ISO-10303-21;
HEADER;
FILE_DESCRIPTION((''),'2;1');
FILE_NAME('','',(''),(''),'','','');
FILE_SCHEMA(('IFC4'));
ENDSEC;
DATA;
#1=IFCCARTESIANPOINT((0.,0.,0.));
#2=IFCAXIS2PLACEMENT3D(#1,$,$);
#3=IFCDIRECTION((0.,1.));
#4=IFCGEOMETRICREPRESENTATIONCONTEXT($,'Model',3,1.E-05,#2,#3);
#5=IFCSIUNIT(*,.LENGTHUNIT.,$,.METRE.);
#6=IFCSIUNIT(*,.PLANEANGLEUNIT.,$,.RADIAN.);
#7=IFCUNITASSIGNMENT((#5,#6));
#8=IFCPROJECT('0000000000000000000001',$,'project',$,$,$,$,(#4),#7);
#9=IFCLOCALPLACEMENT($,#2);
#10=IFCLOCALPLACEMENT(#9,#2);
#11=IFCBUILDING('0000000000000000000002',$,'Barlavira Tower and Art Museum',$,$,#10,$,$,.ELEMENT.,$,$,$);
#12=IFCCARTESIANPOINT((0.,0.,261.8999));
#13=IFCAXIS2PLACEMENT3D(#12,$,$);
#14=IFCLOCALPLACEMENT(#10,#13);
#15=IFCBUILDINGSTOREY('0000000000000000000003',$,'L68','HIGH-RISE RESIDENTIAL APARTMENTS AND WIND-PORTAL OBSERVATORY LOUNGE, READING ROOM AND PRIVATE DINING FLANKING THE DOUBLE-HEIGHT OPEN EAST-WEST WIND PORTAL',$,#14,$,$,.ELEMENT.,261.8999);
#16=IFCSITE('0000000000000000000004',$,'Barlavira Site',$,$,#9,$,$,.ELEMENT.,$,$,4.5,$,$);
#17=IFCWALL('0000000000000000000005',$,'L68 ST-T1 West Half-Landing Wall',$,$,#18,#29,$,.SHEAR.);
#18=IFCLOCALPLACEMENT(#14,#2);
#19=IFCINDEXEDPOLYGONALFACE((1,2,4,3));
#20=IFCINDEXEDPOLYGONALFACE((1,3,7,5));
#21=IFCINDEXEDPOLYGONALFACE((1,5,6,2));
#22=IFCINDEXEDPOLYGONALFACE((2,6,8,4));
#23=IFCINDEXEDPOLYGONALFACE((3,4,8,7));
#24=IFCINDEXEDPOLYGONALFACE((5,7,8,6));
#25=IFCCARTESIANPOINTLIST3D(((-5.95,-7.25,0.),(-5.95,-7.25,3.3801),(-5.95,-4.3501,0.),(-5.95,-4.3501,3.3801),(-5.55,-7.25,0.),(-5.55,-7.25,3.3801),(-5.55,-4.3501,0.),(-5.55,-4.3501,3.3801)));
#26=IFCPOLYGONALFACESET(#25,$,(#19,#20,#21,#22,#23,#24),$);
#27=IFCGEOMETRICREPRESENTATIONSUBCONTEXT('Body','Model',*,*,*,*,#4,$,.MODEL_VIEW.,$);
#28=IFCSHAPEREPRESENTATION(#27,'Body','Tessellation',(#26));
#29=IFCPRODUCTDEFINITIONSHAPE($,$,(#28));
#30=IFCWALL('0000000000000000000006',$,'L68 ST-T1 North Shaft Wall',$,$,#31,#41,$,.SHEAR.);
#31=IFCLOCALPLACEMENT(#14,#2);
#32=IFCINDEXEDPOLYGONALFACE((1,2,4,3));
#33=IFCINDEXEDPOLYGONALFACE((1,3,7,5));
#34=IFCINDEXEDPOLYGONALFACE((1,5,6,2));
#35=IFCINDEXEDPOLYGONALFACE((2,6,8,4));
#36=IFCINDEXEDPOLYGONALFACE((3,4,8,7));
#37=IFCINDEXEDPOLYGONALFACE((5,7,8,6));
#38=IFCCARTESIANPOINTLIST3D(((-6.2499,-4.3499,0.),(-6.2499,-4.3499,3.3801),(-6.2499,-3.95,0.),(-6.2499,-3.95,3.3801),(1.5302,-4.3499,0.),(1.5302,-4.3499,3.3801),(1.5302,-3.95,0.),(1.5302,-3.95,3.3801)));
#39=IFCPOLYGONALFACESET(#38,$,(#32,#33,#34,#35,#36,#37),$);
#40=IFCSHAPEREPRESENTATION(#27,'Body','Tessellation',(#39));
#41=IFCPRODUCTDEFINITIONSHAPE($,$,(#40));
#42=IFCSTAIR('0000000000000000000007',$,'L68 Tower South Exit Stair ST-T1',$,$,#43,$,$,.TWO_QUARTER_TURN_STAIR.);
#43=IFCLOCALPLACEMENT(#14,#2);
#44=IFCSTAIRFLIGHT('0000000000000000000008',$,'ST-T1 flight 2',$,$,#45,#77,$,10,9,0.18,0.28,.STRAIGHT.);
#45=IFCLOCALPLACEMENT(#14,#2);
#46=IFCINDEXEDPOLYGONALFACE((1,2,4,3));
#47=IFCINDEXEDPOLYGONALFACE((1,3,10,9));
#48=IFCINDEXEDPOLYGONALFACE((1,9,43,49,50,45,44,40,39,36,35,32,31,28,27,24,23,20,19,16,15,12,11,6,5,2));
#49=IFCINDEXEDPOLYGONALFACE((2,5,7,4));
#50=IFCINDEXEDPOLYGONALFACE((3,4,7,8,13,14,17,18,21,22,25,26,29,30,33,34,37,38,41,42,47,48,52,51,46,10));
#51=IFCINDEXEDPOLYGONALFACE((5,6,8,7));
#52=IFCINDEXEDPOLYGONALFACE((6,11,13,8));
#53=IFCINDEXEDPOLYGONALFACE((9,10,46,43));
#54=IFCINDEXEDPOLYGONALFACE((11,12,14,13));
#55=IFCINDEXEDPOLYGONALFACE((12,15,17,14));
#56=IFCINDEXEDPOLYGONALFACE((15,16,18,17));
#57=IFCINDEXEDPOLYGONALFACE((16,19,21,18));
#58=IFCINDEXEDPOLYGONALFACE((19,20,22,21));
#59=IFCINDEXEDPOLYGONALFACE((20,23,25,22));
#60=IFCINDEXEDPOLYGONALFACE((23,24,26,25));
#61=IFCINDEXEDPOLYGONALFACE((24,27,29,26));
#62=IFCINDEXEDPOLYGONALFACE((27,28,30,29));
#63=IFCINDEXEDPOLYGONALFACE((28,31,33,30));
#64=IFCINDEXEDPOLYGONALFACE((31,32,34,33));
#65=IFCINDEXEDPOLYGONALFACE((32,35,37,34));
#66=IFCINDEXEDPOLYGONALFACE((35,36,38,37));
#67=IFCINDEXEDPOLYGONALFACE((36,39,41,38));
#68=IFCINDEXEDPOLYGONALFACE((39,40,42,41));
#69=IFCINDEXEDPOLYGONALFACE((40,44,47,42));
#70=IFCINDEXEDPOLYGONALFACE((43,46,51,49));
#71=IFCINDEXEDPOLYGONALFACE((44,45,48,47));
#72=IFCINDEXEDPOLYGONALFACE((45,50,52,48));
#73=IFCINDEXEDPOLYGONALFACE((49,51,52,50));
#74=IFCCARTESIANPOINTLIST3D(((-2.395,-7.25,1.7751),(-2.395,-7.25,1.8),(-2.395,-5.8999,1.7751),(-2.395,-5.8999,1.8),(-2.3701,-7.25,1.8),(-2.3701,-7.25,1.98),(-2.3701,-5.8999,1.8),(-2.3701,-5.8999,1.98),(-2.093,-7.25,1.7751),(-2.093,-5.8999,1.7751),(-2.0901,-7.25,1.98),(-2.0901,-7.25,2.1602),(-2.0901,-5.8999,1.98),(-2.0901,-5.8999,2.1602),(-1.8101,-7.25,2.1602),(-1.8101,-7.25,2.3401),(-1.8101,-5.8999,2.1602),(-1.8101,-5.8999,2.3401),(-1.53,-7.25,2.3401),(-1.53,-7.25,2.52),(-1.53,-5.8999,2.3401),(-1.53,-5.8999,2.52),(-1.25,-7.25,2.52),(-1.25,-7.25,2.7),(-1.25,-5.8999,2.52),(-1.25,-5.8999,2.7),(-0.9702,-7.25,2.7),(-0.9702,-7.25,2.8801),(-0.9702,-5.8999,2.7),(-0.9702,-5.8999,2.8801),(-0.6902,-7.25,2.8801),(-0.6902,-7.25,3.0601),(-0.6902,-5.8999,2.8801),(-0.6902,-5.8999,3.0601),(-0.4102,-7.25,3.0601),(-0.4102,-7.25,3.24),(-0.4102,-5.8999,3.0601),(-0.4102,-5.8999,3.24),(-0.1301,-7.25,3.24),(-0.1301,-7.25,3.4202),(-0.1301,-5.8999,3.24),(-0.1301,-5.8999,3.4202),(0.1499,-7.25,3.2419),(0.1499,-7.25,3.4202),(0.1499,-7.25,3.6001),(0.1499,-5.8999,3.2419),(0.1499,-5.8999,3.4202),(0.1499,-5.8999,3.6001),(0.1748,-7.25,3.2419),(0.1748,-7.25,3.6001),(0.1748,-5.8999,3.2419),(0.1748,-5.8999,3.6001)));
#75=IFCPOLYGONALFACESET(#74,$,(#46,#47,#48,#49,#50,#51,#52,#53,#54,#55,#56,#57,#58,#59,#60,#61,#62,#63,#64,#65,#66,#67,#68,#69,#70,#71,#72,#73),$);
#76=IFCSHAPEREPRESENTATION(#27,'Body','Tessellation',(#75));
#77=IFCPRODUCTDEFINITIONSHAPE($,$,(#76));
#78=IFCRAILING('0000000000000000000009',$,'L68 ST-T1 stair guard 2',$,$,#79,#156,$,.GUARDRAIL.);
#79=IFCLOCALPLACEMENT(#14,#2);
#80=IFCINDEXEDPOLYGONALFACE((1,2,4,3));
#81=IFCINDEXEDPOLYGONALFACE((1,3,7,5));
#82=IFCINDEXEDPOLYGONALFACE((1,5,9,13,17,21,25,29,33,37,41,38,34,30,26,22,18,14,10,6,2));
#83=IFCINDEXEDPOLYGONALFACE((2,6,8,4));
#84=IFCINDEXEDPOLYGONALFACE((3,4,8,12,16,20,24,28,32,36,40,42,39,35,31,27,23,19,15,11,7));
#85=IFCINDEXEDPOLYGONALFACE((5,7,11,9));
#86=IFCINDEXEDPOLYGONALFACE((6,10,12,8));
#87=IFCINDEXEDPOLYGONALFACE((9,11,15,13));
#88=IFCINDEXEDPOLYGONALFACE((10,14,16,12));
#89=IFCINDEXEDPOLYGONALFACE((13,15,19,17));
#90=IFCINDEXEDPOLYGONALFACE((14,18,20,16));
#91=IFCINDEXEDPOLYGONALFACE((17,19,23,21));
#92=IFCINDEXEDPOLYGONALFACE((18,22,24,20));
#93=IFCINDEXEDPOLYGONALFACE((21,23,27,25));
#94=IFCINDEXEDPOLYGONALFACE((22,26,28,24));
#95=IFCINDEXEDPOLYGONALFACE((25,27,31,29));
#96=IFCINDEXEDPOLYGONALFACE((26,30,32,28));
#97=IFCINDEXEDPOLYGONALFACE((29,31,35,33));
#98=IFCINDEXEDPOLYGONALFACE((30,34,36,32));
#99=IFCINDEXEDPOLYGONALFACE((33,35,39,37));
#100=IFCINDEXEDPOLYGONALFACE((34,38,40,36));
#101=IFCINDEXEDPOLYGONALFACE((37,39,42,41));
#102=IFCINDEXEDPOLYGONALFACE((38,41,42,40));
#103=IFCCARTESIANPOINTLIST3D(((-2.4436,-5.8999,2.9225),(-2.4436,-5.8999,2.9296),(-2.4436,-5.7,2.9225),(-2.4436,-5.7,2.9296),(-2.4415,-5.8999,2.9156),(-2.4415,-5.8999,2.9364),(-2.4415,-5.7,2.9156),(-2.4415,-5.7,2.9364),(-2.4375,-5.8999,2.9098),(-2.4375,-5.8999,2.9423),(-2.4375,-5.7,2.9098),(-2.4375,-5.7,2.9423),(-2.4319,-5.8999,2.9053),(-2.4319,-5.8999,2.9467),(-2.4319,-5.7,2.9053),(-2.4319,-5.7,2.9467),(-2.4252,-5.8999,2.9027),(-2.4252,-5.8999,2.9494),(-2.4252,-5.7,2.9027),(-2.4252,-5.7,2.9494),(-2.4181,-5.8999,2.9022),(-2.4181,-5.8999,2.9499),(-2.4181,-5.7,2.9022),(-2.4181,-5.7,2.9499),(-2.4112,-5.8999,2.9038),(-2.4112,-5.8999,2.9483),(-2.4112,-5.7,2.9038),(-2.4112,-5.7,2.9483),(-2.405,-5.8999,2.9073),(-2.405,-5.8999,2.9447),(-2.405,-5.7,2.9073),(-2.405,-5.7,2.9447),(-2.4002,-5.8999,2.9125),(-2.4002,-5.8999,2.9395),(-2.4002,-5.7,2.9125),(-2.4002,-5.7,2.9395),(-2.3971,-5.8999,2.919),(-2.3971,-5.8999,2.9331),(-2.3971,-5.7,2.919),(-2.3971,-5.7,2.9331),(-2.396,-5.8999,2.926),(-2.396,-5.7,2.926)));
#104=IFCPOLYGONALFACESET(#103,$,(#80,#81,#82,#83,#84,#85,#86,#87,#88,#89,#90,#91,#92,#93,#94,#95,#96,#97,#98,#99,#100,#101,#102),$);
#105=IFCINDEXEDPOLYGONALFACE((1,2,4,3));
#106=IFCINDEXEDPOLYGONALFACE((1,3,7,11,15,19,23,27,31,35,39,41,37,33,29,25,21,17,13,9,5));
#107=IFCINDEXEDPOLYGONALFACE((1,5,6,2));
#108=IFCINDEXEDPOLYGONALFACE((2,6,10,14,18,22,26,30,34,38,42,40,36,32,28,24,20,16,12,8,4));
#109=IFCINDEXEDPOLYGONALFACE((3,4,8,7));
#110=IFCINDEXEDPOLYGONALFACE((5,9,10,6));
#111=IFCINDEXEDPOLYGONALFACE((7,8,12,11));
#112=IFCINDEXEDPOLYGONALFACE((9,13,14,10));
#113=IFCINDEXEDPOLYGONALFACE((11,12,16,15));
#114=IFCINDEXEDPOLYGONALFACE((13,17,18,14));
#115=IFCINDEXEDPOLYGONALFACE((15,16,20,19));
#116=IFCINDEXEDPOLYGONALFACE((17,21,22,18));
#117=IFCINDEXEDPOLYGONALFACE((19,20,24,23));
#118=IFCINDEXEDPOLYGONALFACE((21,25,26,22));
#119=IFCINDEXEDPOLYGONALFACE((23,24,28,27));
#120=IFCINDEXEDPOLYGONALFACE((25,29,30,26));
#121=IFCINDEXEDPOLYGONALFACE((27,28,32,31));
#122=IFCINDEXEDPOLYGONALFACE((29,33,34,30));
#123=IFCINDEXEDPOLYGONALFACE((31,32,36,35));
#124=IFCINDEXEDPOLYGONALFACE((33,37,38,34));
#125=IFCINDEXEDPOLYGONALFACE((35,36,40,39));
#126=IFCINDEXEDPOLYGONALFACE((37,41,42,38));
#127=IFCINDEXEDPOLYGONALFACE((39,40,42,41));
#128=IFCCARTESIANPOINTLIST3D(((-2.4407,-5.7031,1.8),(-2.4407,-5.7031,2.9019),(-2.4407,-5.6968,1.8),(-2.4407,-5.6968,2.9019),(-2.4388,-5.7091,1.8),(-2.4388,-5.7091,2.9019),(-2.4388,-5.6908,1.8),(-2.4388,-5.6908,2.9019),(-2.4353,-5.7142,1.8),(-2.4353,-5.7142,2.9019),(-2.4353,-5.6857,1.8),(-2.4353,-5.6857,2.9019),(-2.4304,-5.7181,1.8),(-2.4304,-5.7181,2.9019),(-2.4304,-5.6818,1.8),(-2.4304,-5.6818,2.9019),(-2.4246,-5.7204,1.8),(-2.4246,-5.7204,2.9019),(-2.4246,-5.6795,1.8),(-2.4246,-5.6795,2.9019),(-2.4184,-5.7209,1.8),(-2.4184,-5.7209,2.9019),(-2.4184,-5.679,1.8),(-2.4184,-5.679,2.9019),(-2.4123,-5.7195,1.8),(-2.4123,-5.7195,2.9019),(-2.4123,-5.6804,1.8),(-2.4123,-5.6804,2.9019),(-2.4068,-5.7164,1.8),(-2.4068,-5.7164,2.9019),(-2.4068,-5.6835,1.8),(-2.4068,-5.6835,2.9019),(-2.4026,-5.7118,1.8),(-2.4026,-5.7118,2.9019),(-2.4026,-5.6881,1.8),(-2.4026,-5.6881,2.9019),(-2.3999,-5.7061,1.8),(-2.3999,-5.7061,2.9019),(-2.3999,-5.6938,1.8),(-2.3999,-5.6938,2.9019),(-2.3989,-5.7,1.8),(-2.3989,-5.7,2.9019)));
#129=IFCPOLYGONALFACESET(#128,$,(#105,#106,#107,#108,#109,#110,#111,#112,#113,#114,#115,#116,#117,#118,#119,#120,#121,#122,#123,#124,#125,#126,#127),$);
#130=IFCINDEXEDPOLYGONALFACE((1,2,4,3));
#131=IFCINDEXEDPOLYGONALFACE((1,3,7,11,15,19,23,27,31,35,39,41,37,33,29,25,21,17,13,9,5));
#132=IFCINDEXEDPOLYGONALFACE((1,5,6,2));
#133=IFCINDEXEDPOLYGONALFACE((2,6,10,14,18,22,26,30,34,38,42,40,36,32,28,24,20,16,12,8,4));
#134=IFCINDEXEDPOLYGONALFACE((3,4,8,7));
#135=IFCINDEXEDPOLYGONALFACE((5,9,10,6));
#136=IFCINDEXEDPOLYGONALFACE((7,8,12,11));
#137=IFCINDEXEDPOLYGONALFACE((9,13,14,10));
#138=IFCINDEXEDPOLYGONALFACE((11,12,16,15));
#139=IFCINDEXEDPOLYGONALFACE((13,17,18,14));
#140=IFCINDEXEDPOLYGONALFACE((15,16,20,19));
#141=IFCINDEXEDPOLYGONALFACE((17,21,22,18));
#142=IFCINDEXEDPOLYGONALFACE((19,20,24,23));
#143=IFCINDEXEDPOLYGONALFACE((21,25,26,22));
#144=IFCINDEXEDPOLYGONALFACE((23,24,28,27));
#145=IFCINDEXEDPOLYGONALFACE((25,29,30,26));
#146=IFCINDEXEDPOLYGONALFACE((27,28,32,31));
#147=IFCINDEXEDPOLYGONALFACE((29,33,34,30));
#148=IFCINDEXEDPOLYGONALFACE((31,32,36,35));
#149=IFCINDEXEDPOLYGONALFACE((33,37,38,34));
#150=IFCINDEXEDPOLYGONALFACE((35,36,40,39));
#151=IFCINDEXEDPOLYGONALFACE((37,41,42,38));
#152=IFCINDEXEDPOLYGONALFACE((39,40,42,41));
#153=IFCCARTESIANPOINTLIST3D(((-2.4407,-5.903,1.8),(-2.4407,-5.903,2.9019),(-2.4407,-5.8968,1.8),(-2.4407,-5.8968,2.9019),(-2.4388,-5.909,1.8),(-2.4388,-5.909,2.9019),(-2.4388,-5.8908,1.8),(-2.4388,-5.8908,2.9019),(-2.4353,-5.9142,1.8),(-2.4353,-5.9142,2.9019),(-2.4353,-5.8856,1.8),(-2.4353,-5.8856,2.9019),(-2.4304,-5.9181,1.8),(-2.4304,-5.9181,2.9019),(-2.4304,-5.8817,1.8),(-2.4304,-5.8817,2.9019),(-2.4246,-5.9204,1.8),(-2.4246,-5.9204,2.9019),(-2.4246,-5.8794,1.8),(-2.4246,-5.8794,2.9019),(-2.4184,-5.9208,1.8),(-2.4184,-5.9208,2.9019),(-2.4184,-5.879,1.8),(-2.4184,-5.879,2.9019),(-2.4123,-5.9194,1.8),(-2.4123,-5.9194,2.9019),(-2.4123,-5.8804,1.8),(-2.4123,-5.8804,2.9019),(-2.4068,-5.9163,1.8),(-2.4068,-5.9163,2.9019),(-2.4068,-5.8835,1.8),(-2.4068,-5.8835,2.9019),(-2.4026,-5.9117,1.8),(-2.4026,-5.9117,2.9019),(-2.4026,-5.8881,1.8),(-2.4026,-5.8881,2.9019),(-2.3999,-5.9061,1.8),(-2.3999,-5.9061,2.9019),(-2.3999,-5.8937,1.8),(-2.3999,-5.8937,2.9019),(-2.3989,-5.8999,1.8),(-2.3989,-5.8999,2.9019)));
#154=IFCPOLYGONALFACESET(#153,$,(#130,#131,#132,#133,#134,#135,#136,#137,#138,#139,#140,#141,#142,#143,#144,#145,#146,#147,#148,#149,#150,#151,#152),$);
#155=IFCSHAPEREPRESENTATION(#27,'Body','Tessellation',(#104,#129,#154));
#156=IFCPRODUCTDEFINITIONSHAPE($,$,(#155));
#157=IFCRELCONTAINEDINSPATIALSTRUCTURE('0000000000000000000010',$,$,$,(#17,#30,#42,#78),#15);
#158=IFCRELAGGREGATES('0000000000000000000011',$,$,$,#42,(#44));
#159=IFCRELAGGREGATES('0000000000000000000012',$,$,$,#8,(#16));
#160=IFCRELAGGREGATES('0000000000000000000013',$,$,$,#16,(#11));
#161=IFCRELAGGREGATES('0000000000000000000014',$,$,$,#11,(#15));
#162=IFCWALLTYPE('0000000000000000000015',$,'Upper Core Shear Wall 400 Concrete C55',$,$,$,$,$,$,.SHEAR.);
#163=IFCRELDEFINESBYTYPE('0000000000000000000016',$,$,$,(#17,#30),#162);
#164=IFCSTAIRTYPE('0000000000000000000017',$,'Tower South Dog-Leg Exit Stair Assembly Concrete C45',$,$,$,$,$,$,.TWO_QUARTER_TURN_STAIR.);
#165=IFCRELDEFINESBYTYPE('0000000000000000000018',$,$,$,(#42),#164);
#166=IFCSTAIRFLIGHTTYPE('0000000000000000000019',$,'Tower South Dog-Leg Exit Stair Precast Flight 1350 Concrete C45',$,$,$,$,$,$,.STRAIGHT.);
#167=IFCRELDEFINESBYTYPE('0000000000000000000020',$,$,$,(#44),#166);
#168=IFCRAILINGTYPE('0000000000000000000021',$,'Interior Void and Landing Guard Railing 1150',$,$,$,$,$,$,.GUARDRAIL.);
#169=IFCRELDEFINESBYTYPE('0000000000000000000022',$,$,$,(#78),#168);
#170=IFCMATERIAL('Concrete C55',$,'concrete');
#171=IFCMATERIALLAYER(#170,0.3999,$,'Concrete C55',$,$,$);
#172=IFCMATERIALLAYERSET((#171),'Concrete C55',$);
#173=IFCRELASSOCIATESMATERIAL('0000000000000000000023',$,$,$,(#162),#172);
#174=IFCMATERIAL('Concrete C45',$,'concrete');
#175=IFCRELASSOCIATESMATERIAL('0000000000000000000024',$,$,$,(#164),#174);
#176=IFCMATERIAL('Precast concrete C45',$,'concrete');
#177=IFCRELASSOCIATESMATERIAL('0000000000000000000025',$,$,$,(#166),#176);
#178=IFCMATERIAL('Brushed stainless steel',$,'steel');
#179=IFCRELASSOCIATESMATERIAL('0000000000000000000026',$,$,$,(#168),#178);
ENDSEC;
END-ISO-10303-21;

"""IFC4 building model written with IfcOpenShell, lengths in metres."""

from ifc_helpers import new_model, si_unit, direction, frame, frame_2d, origin, origin_2d, place, context, subcontext, project, spatial, polyline, rectangle, circle, outline, extrude, material, layer, layer_set, type_object, element, aggregate, save


model = new_model("IFC4")

# Units and contexts
model_context = context("Model", 3, precision=1e-05, world=origin(), true_north=direction((0.0, 1.0)))
body_context = subcontext(model_context, "Body", "Model", "MODEL_VIEW")
ifc_project = project(units=[si_unit("LENGTHUNIT", "METRE"), si_unit("PLANEANGLEUNIT", "RADIAN")], contexts=[model_context])

# Site, building, storey
site_placement = place(None, origin())
site = spatial("IfcSite", under=ifc_project, at=site_placement, Name="Barlavira Site", CompositionType="ELEMENT", RefElevation=4.5)
building_placement = place(site_placement, origin())
building = spatial("IfcBuilding", under=site, at=building_placement, Name="Barlavira Tower and Art Museum", CompositionType="ELEMENT")
storey_placement = place(building_placement, frame((0.0, 0.0, 261.8999)))
storey = spatial("IfcBuildingStorey", under=building, at=storey_placement, Name="L68", Description="HIGH-RISE RESIDENTIAL APARTMENTS AND WIND-PORTAL OBSERVATORY LOUNGE, READING ROOM AND PRIVATE DINING FLANKING THE DOUBLE-HEIGHT OPEN EAST-WEST WIND PORTAL", CompositionType="ELEMENT", Elevation=261.8999)

# Shared definitions
ifc_material_1 = material(Name="Brushed stainless steel", Category="steel")

# Walls
ifc_material_2 = material(Name="Concrete C55", Category="concrete")
ifc_layer_1 = layer(ifc_material_2, 0.3999, Name="Concrete C55")
ifc_layer_set_1 = layer_set([ifc_layer_1], Name="Concrete C55")
wall_type_1 = type_object("IfcWallType", Name="Upper Core Shear Wall 400 Concrete C55", PredefinedType="SHEAR", material=ifc_layer_set_1)
wall_1_placement = place(storey_placement, frame((-5.75, -7.25, 0.0), z_axis=(0.0, 0.0, 1.0), x_axis=(0.0, 1.0, 0.0)))
element("IfcWall", 1, at=wall_1_placement, inside=storey, type_object=wall_type_1, Name="L68 ST-T1 West Half-Landing Wall", PredefinedType="SHEAR", context=body_context, shape_type="SweptSolid", body=[
    extrude(rectangle(XDim=2.8999, YDim=0.3999, at=frame_2d((1.45, 0.0))), origin(), (0.0, 0.0, 1.0), 3.3801),
])
wall_2_placement = place(storey_placement, frame((-6.25, -4.1499, 0.0), z_axis=(0.0, 0.0, 1.0), x_axis=(1.0, 0.0, 0.0)))
element("IfcWall", 2, at=wall_2_placement, inside=storey, type_object=wall_type_1, Name="L68 ST-T1 North Shaft Wall", PredefinedType="SHEAR", context=body_context, shape_type="SweptSolid", body=[
    extrude(rectangle(XDim=7.78, YDim=0.3999, at=frame_2d((3.8901, 0.0))), origin(), (0.0, 0.0, 1.0), 3.3801),
])

# Stair, stair flight
ifc_material_3 = material(Name="Concrete C45", Category="concrete")
stair_type = type_object("IfcStairType", Name="Tower South Dog-Leg Exit Stair Assembly Concrete C45", PredefinedType="TWO_QUARTER_TURN_STAIR", material=ifc_material_3)
stair_placement = place(storey_placement, origin())
stair = element("IfcStair", 3, at=stair_placement, inside=storey, type_object=stair_type, Name="L68 Tower South Exit Stair ST-T1", PredefinedType="TWO_QUARTER_TURN_STAIR")
ifc_material_4 = material(Name="Precast concrete C45", Category="concrete")
stair_flight_type = type_object("IfcStairFlightType", Name="Tower South Dog-Leg Exit Stair Precast Flight 1350 Concrete C45", PredefinedType="STRAIGHT", material=ifc_material_4)
stair_flight_placement = place(storey_placement, frame((-2.3701, -6.575, 1.8), z_axis=(0.0, 0.0, 1.0), x_axis=(1.0, 0.0, 0.0)))
stair_flight = element("IfcStairFlight", 4, at=stair_flight_placement, type_object=stair_flight_type, Name="ST-T1 flight 2", NumberOfRisers=10, NumberOfTreads=9, PredefinedType="STRAIGHT", RiserHeight=0.18, TreadLength=0.28, context=body_context, shape_type="SweptSolid", body=[
    extrude(outline(polyline([(-0.0249, 0.0), (0.0, 0.0), (0.0, 0.1799), (0.28, 0.1799), (0.28, 0.3601), (0.5601, 0.3601), (0.5601, 0.54), (0.8401, 0.54), (0.8401, 0.72), (1.1201, 0.72), (1.1201, 0.8999), (1.3999, 0.8999), (1.3999, 1.0801), (1.6799, 1.0801), (1.6799, 1.26), (1.96, 1.26), (1.96, 1.4399), (2.24, 1.4399), (2.24, 1.6201), (2.52, 1.6201), (2.52, 1.8), (2.5449, 1.8), (2.5449, 1.4419), (2.52, 1.4419), (0.2771, -0.0249), (-0.0249, -0.0249), (-0.0249, 0.0)])), frame((0.0, 0.675, 0.0), z_axis=(0.0, -1.0, 0.0), x_axis=(1.0, 0.0, 0.0)), (0.0, 0.0, 1.0), 1.3501),
])
aggregate(stair, [stair_flight])

# Railing
railing_type_1 = type_object("IfcRailingType", Name="Interior Void and Landing Guard Railing 1150", PredefinedType="GUARDRAIL", material=ifc_material_1)
railing_1_placement = place(storey_placement, frame((-2.4199, -5.7, 1.8)))
element("IfcRailing", 5, at=railing_1_placement, inside=storey, type_object=railing_type_1, Name="L68 ST-T1 stair guard 2", PredefinedType="GUARDRAIL", context=body_context, shape_type="SweptSolid", body=[
    extrude(circle(Radius=0.0239, at=origin_2d()), frame((0.0, 0.0, 1.126), z_axis=(0.0, -1.0, 0.0), x_axis=(1.0, 0.0, 0.0)), (0.0, 0.0, 1.0), 0.2),
    extrude(circle(Radius=0.021, at=origin_2d()), origin(), (0.0, 0.0, 1.0), 1.1018),
    extrude(circle(Radius=0.021, at=origin_2d()), frame((0.0, -0.2, 0.0)), (0.0, 0.0, 1.0), 1.1018),
])

save(model, "model.ifc")
